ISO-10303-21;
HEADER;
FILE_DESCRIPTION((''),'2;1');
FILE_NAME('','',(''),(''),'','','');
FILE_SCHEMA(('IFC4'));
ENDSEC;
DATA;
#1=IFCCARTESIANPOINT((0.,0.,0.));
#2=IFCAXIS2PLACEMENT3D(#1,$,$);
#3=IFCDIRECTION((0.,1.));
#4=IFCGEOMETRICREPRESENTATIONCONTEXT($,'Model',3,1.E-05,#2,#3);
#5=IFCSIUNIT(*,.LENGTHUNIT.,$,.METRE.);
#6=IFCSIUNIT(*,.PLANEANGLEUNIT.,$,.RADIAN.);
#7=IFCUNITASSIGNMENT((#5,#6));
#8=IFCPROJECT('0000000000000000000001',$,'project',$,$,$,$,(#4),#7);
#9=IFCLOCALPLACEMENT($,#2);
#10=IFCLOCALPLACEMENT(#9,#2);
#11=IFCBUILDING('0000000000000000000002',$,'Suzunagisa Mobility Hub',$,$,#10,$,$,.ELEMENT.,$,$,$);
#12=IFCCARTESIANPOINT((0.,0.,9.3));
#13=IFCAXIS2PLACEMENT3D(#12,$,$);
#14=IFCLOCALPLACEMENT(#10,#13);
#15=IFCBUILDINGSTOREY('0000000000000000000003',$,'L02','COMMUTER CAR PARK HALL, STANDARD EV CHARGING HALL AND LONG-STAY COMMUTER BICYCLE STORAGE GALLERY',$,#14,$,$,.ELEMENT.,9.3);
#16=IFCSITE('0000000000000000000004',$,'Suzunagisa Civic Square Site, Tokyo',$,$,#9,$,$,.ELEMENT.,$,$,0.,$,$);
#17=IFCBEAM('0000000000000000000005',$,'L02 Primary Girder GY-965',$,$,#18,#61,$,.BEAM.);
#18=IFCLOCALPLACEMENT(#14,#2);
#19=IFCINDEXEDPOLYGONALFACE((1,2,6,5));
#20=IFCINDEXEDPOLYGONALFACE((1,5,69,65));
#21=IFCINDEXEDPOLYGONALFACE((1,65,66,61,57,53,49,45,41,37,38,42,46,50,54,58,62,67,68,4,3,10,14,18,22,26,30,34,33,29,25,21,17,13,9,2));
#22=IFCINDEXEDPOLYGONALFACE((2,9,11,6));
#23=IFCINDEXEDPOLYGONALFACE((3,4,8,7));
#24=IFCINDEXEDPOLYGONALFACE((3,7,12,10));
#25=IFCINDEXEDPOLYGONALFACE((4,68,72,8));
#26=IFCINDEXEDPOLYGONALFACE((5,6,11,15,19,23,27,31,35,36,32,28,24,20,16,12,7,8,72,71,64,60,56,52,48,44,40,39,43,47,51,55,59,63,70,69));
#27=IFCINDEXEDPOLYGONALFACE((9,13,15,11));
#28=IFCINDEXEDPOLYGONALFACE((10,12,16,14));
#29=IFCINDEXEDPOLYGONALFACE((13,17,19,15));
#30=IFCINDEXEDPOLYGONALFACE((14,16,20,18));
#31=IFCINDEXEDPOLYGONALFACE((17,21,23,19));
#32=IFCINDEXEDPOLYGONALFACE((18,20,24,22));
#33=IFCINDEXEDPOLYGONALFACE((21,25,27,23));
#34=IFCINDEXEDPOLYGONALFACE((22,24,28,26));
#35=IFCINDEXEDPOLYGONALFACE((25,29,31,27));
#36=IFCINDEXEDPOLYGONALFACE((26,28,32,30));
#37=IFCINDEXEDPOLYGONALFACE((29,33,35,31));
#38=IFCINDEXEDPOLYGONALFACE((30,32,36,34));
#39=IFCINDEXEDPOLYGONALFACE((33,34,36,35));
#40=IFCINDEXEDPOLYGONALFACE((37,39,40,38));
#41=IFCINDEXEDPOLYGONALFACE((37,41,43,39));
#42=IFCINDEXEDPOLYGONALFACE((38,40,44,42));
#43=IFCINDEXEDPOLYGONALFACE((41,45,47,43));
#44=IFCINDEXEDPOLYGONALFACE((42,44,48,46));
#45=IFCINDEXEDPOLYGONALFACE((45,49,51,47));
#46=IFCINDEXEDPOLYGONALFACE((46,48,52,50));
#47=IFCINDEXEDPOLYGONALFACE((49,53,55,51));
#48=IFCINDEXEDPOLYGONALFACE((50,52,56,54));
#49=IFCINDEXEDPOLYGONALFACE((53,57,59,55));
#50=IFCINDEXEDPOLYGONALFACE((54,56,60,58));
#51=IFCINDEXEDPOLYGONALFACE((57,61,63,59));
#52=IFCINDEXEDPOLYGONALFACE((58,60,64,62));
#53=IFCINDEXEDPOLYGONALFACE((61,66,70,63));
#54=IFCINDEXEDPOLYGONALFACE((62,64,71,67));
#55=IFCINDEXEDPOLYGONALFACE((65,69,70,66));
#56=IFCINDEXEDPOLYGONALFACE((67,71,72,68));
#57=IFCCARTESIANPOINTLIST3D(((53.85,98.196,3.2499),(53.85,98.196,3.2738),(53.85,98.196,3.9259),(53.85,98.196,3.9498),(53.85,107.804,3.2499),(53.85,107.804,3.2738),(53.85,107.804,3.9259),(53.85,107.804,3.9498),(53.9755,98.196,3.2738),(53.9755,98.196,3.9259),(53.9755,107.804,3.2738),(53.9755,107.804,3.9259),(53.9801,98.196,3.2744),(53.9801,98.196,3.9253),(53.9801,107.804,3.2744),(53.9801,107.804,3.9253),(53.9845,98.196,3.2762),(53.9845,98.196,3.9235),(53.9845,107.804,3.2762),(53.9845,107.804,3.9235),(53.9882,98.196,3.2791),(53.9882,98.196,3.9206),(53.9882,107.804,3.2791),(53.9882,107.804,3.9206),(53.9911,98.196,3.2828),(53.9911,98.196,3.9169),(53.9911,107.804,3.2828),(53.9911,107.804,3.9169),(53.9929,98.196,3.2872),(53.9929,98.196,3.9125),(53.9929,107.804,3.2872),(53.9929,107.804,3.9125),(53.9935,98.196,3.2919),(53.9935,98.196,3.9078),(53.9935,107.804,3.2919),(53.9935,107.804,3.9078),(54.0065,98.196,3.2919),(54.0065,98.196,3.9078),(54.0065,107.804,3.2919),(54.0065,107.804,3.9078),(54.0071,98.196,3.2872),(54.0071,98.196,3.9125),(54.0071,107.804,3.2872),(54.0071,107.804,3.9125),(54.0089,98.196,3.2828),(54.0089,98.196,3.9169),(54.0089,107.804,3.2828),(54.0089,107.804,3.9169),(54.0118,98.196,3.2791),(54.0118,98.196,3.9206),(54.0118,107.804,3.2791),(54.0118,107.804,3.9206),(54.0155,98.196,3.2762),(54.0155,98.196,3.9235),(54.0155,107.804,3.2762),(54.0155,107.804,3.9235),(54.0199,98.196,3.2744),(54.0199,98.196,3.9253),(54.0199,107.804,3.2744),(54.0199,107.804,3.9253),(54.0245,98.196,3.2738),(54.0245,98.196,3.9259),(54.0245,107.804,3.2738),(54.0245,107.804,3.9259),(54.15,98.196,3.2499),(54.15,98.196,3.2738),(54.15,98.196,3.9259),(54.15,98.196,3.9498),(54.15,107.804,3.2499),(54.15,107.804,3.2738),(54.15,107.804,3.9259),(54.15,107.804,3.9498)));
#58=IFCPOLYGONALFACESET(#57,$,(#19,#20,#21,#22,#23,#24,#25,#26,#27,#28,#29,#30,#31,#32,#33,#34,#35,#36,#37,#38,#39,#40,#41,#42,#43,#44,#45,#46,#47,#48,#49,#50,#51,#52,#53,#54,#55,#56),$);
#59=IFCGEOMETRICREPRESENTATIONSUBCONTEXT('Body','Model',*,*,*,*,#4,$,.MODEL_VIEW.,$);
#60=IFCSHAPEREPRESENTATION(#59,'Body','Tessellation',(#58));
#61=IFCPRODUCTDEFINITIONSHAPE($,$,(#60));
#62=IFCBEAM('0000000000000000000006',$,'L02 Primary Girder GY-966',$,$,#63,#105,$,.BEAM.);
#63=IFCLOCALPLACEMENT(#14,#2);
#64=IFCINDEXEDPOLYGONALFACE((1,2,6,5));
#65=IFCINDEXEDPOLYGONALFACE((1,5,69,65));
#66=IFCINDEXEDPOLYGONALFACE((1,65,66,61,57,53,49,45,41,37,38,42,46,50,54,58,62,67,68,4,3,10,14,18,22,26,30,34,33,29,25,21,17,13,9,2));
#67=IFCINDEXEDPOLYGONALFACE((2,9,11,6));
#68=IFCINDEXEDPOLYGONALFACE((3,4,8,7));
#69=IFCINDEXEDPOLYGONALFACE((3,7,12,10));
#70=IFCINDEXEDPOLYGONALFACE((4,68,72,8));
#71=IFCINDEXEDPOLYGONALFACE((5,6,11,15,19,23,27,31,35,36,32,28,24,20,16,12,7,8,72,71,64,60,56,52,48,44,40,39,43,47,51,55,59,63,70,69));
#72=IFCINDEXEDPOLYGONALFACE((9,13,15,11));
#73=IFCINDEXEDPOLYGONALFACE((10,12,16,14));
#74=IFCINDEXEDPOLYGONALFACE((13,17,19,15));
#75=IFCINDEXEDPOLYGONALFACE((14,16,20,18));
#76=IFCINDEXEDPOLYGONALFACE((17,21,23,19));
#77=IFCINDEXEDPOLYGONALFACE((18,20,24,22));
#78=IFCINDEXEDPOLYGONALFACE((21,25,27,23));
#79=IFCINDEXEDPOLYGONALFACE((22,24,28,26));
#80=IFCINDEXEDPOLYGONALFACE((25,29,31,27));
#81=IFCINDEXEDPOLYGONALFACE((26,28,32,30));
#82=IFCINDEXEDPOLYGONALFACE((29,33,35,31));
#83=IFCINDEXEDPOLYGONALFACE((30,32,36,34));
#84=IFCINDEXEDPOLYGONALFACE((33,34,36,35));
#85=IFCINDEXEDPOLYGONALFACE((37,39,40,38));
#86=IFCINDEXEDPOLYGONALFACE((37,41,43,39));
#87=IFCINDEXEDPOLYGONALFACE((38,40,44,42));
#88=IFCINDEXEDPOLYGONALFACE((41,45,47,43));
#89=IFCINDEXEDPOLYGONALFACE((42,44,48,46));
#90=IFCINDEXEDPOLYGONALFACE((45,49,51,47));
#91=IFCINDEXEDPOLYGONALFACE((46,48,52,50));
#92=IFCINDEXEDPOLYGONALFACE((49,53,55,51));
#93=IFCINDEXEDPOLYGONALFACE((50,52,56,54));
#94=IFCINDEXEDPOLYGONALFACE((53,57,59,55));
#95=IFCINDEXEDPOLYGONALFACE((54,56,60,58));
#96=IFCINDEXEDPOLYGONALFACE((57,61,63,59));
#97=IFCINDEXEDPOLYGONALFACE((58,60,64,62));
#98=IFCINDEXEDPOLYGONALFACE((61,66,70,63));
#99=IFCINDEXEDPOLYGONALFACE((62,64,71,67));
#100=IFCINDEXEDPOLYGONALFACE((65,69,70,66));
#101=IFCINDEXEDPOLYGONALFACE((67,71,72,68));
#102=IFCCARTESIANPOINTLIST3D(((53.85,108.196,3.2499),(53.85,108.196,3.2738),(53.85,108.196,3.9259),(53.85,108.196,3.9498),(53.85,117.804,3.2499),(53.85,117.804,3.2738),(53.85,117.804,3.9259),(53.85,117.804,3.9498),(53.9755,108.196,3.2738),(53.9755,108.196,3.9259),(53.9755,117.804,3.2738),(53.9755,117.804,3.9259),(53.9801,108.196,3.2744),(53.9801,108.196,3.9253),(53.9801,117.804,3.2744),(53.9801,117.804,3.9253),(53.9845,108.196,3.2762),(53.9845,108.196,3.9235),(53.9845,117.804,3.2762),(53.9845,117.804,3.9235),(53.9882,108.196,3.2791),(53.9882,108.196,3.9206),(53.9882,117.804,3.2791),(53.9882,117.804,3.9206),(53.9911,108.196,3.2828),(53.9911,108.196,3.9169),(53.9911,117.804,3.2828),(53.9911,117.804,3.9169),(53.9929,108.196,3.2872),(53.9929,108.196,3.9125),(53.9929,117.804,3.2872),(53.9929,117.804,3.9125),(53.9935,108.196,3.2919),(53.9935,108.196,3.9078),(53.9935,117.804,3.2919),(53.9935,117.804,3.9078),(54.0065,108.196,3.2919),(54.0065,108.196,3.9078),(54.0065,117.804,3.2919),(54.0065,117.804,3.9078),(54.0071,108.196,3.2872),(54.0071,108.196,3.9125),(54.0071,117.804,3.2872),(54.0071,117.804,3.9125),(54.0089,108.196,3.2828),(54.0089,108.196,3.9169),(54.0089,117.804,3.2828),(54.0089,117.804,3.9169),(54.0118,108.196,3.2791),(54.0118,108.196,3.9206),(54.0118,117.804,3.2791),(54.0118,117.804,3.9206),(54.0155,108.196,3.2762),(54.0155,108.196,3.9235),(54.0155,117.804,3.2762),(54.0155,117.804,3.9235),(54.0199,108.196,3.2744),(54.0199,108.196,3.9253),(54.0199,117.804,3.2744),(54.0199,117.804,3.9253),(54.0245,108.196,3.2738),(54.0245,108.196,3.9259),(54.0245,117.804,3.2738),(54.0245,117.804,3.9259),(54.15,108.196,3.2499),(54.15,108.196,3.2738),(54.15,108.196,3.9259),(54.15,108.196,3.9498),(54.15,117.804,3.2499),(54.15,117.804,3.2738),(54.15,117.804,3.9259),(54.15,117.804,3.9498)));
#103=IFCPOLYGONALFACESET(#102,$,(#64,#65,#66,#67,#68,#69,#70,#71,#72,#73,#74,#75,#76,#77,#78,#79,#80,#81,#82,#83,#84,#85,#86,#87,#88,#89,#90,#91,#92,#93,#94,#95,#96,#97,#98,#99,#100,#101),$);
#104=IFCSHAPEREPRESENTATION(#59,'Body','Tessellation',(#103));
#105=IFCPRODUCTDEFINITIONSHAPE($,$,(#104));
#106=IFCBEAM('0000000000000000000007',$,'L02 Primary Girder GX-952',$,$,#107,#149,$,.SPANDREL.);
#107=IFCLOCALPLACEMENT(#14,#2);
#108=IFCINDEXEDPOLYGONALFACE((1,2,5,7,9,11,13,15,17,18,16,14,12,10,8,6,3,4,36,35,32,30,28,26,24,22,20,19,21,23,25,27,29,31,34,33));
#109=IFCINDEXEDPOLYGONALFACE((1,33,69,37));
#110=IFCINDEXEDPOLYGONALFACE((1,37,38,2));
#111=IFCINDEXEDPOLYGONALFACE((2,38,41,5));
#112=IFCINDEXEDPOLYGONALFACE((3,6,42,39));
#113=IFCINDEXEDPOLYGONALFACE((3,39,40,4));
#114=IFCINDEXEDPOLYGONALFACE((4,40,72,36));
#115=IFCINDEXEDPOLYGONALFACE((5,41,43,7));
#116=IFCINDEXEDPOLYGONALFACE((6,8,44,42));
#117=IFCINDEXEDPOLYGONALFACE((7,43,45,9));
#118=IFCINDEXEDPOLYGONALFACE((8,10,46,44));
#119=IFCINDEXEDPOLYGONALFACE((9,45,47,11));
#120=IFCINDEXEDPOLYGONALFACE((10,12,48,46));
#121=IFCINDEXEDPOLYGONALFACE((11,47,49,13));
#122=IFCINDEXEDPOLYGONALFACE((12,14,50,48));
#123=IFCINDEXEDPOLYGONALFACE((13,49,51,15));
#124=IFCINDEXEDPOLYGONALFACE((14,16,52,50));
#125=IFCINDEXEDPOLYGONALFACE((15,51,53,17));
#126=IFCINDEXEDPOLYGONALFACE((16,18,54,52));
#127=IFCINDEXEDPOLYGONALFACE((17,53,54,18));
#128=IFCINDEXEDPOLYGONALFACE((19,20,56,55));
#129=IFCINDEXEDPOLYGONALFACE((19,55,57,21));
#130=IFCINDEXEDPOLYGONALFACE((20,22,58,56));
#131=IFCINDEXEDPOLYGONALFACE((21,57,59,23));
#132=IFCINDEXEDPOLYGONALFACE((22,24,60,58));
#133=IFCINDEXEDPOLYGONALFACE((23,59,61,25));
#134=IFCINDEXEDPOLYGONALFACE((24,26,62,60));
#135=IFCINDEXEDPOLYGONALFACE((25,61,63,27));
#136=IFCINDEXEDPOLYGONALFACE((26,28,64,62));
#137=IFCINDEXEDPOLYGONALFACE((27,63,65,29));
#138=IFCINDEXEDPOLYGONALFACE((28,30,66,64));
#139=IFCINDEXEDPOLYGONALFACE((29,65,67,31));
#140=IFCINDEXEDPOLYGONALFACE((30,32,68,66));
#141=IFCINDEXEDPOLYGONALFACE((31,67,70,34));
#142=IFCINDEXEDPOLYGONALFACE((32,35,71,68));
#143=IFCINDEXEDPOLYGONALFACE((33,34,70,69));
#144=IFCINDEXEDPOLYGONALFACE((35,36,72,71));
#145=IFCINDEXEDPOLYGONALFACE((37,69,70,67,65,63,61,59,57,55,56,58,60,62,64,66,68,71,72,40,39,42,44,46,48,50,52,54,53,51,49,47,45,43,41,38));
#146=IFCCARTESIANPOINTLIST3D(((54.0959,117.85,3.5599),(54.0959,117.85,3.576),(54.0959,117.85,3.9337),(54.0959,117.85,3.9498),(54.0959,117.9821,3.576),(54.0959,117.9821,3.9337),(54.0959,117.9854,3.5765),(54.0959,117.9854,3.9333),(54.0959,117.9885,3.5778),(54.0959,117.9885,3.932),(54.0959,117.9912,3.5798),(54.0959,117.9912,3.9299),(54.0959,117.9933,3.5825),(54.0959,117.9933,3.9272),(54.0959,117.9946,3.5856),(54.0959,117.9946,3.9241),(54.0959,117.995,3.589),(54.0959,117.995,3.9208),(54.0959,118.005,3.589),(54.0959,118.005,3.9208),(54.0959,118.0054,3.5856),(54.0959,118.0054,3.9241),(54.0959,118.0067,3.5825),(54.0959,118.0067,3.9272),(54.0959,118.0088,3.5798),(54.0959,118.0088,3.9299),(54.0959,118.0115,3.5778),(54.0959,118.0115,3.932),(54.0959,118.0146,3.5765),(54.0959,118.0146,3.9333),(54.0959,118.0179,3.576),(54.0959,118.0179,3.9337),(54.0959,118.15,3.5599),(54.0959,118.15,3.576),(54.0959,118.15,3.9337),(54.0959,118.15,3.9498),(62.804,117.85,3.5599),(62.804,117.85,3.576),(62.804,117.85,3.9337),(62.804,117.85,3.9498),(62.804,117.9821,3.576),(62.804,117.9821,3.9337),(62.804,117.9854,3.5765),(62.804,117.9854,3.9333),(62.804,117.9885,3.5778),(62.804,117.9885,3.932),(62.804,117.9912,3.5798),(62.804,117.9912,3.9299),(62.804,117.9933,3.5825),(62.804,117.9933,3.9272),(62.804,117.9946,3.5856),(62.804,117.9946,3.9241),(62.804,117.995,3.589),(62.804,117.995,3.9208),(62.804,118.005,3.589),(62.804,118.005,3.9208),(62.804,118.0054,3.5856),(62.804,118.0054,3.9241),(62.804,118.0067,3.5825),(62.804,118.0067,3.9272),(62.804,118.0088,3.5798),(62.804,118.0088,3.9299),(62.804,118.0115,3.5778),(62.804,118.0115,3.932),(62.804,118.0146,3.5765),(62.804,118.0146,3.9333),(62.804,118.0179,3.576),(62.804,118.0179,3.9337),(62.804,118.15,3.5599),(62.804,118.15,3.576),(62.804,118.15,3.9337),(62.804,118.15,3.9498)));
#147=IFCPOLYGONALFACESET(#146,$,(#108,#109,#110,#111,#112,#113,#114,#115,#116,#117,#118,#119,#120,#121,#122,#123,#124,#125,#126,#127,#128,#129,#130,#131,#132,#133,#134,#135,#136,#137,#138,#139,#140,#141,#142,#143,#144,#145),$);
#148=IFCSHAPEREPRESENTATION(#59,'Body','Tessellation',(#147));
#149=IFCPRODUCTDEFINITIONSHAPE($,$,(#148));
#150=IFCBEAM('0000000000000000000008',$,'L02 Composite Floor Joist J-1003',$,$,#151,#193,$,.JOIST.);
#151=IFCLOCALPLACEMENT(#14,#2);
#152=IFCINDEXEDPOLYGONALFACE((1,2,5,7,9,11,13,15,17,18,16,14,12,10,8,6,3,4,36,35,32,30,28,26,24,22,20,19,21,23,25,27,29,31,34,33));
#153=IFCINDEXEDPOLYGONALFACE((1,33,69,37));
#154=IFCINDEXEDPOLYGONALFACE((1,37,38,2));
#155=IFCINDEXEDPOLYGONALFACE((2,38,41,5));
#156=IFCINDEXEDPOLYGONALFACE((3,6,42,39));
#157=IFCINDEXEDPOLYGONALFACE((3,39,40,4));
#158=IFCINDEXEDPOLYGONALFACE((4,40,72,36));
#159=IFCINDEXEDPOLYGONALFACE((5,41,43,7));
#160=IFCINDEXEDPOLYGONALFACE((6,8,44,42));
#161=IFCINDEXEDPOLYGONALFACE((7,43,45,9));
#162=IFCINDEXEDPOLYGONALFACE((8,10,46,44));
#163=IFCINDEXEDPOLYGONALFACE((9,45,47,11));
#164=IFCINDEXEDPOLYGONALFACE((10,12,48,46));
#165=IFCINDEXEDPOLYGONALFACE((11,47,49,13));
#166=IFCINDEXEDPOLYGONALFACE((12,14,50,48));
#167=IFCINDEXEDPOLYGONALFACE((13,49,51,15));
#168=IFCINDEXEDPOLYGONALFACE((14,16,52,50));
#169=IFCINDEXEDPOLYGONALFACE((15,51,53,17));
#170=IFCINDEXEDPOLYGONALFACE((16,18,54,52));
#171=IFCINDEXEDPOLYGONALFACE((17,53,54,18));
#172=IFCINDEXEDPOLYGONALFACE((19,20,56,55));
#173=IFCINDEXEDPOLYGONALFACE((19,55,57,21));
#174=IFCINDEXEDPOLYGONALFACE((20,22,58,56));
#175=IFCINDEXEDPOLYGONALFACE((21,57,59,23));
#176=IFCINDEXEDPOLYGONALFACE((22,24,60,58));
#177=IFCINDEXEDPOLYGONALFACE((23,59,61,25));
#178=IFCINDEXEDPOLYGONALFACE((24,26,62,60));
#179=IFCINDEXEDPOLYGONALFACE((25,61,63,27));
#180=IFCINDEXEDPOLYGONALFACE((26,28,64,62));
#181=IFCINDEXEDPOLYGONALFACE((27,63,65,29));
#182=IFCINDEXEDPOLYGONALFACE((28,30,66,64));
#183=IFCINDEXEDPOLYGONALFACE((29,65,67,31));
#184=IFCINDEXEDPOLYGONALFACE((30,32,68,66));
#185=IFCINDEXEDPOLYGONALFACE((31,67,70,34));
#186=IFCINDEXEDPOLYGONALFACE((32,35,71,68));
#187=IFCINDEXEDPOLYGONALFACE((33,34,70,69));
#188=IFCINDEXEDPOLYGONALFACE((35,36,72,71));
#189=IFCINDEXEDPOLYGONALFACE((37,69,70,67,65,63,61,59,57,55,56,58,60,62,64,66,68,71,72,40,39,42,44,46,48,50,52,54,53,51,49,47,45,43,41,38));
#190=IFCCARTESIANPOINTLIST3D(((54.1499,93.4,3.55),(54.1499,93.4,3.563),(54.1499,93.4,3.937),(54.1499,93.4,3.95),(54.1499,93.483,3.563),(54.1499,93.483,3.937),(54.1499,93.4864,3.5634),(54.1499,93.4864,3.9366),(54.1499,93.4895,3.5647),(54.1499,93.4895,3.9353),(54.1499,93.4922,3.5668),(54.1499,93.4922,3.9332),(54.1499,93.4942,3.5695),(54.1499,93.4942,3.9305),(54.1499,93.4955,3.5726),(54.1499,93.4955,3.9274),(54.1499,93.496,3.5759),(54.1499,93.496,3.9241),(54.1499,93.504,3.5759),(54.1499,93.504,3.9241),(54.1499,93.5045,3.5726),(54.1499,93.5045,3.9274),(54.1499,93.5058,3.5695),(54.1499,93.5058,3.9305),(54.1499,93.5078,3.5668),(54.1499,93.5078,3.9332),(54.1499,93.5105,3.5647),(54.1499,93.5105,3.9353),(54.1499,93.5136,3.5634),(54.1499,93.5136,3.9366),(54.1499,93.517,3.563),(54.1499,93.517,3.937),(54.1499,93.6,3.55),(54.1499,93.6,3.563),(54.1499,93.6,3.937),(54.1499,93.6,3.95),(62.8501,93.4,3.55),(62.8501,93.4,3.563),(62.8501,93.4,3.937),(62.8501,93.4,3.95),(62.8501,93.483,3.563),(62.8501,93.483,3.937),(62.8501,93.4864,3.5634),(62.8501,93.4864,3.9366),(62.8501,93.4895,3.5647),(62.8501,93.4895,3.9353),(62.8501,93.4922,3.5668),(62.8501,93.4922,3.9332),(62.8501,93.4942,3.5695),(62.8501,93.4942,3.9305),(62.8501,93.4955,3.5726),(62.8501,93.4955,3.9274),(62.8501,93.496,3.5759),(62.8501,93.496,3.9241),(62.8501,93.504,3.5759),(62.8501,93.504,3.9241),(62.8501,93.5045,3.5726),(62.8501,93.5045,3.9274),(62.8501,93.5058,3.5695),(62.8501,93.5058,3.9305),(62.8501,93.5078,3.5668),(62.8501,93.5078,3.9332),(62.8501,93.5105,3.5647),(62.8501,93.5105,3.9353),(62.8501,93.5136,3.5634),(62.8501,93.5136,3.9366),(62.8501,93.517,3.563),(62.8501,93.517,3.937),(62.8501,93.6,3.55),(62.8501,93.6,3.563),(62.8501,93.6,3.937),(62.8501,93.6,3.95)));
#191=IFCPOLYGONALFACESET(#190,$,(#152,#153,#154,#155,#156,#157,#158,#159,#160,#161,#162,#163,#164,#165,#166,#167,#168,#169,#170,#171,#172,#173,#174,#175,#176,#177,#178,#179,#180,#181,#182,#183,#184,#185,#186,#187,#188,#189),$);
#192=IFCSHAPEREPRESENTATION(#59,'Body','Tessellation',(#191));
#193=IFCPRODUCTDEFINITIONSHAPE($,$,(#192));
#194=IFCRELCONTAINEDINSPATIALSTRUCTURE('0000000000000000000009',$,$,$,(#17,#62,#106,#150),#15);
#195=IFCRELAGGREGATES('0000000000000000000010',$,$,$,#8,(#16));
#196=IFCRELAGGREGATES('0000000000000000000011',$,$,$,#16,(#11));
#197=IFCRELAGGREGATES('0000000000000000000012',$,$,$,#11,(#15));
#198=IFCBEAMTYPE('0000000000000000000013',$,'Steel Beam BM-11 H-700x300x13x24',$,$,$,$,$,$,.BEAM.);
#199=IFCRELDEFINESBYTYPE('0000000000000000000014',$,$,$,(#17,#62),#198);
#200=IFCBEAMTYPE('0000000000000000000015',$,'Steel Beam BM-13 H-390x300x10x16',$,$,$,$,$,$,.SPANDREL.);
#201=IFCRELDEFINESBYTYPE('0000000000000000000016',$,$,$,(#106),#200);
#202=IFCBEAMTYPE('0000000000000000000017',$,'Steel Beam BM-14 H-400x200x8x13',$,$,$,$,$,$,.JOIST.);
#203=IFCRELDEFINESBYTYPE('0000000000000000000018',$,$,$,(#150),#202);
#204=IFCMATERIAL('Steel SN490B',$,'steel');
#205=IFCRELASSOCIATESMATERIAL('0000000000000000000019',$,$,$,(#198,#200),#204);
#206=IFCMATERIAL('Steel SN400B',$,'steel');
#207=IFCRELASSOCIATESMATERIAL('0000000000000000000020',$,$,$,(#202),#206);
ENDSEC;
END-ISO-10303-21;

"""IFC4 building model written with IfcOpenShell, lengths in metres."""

from ifc_helpers import new_model, si_unit, direction, frame, origin, origin_2d, place, context, subcontext, project, spatial, i_section, extrude, material, material_profile, profile_set, type_object, element, save


model = new_model("IFC4")

# Units and contexts
model_context = context("Model", 3, precision=1e-05, world=origin(), true_north=direction((0.0, 1.0)))
body_context = subcontext(model_context, "Body", "Model", "MODEL_VIEW")
ifc_project = project(units=[si_unit("LENGTHUNIT", "METRE"), si_unit("PLANEANGLEUNIT", "RADIAN")], contexts=[model_context])

# Site, building, storey
site_placement = place(None, origin())
site = spatial("IfcSite", under=ifc_project, at=site_placement, Name="Suzunagisa Civic Square Site, Tokyo", CompositionType="ELEMENT", RefElevation=0.0)
building_placement = place(site_placement, origin())
building = spatial("IfcBuilding", under=site, at=building_placement, Name="Suzunagisa Mobility Hub", CompositionType="ELEMENT")
storey_placement = place(building_placement, frame((0.0, 0.0, 9.3)))
storey = spatial("IfcBuildingStorey", under=building, at=storey_placement, Name="L02", Description="COMMUTER CAR PARK HALL, STANDARD EV CHARGING HALL AND LONG-STAY COMMUTER BICYCLE STORAGE GALLERY", CompositionType="ELEMENT", Elevation=9.3)

# Shared definitions
ifc_material_1 = material(Name="Steel SN490B", Category="steel")

# Beams
ifc_material_profile_1 = material_profile(ifc_material_1, i_section(OverallWidth=0.3, OverallDepth=0.7, WebThickness=0.0129, FlangeThickness=0.0239, FilletRadius=0.0181, at=origin_2d()), Name="H-700x300x13x24")
ifc_profile_set_1 = profile_set([ifc_material_profile_1], Name="Steel SN490B")
beam_type_1 = type_object("IfcBeamType", Name="Steel Beam BM-11 H-700x300x13x24", PredefinedType="BEAM", material=ifc_profile_set_1)
for number, where, z_axis, x_axis, name in (
    (1, (54.0, 98.196, 3.5999), (0.0, 1.0, 0.0), (-1.0, 0.0, 0.0), "L02 Primary Girder GY-965"),
    (2, (54.0, 108.196, 3.5999), (0.0, 1.0, 0.0), (-1.0, 0.0, 0.0), "L02 Primary Girder GY-966"),
):
    element("IfcBeam", number, at=place(storey_placement, frame(where, z_axis=z_axis, x_axis=x_axis)), inside=storey, type_object=beam_type_1, Name=name, PredefinedType="BEAM", context=body_context, shape_type="SweptSolid", body=[
        extrude(i_section(OverallWidth=0.3, OverallDepth=0.7, WebThickness=0.0129, FlangeThickness=0.0239, FilletRadius=0.0181, at=origin_2d()), origin(), (0.0, 0.0, 1.0), 9.6079),
    ])
ifc_material_profile_2 = material_profile(ifc_material_1, i_section(OverallWidth=0.3, OverallDepth=0.3899, WebThickness=0.01, FlangeThickness=0.0161, FilletRadius=0.0129, at=origin_2d()), Name="H-390x300x10x16")
ifc_profile_set_2 = profile_set([ifc_material_profile_2], Name="Steel SN490B")
beam_type_2 = type_object("IfcBeamType", Name="Steel Beam BM-13 H-390x300x10x16", PredefinedType="SPANDREL", material=ifc_profile_set_2)
beam_1_placement = place(storey_placement, frame((54.0959, 118.0, 3.7549), z_axis=(1.0, 0.0, 0.0), x_axis=(0.0, 1.0, 0.0)))
element("IfcBeam", 3, at=beam_1_placement, inside=storey, type_object=beam_type_2, Name="L02 Primary Girder GX-952", PredefinedType="SPANDREL", context=body_context, shape_type="SweptSolid", body=[
    extrude(i_section(OverallWidth=0.3, OverallDepth=0.3899, WebThickness=0.01, FlangeThickness=0.0161, FilletRadius=0.0129, at=origin_2d()), origin(), (0.0, 0.0, 1.0), 8.708),
])
ifc_material_2 = material(Name="Steel SN400B", Category="steel")
ifc_material_profile_3 = material_profile(ifc_material_2, i_section(OverallWidth=0.2, OverallDepth=0.3999, WebThickness=0.0081, FlangeThickness=0.0129, FilletRadius=0.0129, at=origin_2d()), Name="H-400x200x8x13")
ifc_profile_set_3 = profile_set([ifc_material_profile_3], Name="Steel SN400B")
beam_type_3 = type_object("IfcBeamType", Name="Steel Beam BM-14 H-400x200x8x13", PredefinedType="JOIST", material=ifc_profile_set_3)
for number, where, z_axis, x_axis, name in (
    (4, (54.1499, 93.5, 3.75), (1.0, 0.0, 0.0), (0.0, 1.0, 0.0), "L02 Composite Floor Joist J-1003"),
):
    element("IfcBeam", number, at=place(storey_placement, frame(where, z_axis=z_axis, x_axis=x_axis)), inside=storey, type_object=beam_type_3, Name=name, PredefinedType="JOIST", context=body_context, shape_type="SweptSolid", body=[
        extrude(i_section(OverallWidth=0.2, OverallDepth=0.3999, WebThickness=0.0081, FlangeThickness=0.0129, FilletRadius=0.0129, at=origin_2d()), origin(), (0.0, 0.0, 1.0), 8.7002),
    ])

save(model, "model.ifc")
